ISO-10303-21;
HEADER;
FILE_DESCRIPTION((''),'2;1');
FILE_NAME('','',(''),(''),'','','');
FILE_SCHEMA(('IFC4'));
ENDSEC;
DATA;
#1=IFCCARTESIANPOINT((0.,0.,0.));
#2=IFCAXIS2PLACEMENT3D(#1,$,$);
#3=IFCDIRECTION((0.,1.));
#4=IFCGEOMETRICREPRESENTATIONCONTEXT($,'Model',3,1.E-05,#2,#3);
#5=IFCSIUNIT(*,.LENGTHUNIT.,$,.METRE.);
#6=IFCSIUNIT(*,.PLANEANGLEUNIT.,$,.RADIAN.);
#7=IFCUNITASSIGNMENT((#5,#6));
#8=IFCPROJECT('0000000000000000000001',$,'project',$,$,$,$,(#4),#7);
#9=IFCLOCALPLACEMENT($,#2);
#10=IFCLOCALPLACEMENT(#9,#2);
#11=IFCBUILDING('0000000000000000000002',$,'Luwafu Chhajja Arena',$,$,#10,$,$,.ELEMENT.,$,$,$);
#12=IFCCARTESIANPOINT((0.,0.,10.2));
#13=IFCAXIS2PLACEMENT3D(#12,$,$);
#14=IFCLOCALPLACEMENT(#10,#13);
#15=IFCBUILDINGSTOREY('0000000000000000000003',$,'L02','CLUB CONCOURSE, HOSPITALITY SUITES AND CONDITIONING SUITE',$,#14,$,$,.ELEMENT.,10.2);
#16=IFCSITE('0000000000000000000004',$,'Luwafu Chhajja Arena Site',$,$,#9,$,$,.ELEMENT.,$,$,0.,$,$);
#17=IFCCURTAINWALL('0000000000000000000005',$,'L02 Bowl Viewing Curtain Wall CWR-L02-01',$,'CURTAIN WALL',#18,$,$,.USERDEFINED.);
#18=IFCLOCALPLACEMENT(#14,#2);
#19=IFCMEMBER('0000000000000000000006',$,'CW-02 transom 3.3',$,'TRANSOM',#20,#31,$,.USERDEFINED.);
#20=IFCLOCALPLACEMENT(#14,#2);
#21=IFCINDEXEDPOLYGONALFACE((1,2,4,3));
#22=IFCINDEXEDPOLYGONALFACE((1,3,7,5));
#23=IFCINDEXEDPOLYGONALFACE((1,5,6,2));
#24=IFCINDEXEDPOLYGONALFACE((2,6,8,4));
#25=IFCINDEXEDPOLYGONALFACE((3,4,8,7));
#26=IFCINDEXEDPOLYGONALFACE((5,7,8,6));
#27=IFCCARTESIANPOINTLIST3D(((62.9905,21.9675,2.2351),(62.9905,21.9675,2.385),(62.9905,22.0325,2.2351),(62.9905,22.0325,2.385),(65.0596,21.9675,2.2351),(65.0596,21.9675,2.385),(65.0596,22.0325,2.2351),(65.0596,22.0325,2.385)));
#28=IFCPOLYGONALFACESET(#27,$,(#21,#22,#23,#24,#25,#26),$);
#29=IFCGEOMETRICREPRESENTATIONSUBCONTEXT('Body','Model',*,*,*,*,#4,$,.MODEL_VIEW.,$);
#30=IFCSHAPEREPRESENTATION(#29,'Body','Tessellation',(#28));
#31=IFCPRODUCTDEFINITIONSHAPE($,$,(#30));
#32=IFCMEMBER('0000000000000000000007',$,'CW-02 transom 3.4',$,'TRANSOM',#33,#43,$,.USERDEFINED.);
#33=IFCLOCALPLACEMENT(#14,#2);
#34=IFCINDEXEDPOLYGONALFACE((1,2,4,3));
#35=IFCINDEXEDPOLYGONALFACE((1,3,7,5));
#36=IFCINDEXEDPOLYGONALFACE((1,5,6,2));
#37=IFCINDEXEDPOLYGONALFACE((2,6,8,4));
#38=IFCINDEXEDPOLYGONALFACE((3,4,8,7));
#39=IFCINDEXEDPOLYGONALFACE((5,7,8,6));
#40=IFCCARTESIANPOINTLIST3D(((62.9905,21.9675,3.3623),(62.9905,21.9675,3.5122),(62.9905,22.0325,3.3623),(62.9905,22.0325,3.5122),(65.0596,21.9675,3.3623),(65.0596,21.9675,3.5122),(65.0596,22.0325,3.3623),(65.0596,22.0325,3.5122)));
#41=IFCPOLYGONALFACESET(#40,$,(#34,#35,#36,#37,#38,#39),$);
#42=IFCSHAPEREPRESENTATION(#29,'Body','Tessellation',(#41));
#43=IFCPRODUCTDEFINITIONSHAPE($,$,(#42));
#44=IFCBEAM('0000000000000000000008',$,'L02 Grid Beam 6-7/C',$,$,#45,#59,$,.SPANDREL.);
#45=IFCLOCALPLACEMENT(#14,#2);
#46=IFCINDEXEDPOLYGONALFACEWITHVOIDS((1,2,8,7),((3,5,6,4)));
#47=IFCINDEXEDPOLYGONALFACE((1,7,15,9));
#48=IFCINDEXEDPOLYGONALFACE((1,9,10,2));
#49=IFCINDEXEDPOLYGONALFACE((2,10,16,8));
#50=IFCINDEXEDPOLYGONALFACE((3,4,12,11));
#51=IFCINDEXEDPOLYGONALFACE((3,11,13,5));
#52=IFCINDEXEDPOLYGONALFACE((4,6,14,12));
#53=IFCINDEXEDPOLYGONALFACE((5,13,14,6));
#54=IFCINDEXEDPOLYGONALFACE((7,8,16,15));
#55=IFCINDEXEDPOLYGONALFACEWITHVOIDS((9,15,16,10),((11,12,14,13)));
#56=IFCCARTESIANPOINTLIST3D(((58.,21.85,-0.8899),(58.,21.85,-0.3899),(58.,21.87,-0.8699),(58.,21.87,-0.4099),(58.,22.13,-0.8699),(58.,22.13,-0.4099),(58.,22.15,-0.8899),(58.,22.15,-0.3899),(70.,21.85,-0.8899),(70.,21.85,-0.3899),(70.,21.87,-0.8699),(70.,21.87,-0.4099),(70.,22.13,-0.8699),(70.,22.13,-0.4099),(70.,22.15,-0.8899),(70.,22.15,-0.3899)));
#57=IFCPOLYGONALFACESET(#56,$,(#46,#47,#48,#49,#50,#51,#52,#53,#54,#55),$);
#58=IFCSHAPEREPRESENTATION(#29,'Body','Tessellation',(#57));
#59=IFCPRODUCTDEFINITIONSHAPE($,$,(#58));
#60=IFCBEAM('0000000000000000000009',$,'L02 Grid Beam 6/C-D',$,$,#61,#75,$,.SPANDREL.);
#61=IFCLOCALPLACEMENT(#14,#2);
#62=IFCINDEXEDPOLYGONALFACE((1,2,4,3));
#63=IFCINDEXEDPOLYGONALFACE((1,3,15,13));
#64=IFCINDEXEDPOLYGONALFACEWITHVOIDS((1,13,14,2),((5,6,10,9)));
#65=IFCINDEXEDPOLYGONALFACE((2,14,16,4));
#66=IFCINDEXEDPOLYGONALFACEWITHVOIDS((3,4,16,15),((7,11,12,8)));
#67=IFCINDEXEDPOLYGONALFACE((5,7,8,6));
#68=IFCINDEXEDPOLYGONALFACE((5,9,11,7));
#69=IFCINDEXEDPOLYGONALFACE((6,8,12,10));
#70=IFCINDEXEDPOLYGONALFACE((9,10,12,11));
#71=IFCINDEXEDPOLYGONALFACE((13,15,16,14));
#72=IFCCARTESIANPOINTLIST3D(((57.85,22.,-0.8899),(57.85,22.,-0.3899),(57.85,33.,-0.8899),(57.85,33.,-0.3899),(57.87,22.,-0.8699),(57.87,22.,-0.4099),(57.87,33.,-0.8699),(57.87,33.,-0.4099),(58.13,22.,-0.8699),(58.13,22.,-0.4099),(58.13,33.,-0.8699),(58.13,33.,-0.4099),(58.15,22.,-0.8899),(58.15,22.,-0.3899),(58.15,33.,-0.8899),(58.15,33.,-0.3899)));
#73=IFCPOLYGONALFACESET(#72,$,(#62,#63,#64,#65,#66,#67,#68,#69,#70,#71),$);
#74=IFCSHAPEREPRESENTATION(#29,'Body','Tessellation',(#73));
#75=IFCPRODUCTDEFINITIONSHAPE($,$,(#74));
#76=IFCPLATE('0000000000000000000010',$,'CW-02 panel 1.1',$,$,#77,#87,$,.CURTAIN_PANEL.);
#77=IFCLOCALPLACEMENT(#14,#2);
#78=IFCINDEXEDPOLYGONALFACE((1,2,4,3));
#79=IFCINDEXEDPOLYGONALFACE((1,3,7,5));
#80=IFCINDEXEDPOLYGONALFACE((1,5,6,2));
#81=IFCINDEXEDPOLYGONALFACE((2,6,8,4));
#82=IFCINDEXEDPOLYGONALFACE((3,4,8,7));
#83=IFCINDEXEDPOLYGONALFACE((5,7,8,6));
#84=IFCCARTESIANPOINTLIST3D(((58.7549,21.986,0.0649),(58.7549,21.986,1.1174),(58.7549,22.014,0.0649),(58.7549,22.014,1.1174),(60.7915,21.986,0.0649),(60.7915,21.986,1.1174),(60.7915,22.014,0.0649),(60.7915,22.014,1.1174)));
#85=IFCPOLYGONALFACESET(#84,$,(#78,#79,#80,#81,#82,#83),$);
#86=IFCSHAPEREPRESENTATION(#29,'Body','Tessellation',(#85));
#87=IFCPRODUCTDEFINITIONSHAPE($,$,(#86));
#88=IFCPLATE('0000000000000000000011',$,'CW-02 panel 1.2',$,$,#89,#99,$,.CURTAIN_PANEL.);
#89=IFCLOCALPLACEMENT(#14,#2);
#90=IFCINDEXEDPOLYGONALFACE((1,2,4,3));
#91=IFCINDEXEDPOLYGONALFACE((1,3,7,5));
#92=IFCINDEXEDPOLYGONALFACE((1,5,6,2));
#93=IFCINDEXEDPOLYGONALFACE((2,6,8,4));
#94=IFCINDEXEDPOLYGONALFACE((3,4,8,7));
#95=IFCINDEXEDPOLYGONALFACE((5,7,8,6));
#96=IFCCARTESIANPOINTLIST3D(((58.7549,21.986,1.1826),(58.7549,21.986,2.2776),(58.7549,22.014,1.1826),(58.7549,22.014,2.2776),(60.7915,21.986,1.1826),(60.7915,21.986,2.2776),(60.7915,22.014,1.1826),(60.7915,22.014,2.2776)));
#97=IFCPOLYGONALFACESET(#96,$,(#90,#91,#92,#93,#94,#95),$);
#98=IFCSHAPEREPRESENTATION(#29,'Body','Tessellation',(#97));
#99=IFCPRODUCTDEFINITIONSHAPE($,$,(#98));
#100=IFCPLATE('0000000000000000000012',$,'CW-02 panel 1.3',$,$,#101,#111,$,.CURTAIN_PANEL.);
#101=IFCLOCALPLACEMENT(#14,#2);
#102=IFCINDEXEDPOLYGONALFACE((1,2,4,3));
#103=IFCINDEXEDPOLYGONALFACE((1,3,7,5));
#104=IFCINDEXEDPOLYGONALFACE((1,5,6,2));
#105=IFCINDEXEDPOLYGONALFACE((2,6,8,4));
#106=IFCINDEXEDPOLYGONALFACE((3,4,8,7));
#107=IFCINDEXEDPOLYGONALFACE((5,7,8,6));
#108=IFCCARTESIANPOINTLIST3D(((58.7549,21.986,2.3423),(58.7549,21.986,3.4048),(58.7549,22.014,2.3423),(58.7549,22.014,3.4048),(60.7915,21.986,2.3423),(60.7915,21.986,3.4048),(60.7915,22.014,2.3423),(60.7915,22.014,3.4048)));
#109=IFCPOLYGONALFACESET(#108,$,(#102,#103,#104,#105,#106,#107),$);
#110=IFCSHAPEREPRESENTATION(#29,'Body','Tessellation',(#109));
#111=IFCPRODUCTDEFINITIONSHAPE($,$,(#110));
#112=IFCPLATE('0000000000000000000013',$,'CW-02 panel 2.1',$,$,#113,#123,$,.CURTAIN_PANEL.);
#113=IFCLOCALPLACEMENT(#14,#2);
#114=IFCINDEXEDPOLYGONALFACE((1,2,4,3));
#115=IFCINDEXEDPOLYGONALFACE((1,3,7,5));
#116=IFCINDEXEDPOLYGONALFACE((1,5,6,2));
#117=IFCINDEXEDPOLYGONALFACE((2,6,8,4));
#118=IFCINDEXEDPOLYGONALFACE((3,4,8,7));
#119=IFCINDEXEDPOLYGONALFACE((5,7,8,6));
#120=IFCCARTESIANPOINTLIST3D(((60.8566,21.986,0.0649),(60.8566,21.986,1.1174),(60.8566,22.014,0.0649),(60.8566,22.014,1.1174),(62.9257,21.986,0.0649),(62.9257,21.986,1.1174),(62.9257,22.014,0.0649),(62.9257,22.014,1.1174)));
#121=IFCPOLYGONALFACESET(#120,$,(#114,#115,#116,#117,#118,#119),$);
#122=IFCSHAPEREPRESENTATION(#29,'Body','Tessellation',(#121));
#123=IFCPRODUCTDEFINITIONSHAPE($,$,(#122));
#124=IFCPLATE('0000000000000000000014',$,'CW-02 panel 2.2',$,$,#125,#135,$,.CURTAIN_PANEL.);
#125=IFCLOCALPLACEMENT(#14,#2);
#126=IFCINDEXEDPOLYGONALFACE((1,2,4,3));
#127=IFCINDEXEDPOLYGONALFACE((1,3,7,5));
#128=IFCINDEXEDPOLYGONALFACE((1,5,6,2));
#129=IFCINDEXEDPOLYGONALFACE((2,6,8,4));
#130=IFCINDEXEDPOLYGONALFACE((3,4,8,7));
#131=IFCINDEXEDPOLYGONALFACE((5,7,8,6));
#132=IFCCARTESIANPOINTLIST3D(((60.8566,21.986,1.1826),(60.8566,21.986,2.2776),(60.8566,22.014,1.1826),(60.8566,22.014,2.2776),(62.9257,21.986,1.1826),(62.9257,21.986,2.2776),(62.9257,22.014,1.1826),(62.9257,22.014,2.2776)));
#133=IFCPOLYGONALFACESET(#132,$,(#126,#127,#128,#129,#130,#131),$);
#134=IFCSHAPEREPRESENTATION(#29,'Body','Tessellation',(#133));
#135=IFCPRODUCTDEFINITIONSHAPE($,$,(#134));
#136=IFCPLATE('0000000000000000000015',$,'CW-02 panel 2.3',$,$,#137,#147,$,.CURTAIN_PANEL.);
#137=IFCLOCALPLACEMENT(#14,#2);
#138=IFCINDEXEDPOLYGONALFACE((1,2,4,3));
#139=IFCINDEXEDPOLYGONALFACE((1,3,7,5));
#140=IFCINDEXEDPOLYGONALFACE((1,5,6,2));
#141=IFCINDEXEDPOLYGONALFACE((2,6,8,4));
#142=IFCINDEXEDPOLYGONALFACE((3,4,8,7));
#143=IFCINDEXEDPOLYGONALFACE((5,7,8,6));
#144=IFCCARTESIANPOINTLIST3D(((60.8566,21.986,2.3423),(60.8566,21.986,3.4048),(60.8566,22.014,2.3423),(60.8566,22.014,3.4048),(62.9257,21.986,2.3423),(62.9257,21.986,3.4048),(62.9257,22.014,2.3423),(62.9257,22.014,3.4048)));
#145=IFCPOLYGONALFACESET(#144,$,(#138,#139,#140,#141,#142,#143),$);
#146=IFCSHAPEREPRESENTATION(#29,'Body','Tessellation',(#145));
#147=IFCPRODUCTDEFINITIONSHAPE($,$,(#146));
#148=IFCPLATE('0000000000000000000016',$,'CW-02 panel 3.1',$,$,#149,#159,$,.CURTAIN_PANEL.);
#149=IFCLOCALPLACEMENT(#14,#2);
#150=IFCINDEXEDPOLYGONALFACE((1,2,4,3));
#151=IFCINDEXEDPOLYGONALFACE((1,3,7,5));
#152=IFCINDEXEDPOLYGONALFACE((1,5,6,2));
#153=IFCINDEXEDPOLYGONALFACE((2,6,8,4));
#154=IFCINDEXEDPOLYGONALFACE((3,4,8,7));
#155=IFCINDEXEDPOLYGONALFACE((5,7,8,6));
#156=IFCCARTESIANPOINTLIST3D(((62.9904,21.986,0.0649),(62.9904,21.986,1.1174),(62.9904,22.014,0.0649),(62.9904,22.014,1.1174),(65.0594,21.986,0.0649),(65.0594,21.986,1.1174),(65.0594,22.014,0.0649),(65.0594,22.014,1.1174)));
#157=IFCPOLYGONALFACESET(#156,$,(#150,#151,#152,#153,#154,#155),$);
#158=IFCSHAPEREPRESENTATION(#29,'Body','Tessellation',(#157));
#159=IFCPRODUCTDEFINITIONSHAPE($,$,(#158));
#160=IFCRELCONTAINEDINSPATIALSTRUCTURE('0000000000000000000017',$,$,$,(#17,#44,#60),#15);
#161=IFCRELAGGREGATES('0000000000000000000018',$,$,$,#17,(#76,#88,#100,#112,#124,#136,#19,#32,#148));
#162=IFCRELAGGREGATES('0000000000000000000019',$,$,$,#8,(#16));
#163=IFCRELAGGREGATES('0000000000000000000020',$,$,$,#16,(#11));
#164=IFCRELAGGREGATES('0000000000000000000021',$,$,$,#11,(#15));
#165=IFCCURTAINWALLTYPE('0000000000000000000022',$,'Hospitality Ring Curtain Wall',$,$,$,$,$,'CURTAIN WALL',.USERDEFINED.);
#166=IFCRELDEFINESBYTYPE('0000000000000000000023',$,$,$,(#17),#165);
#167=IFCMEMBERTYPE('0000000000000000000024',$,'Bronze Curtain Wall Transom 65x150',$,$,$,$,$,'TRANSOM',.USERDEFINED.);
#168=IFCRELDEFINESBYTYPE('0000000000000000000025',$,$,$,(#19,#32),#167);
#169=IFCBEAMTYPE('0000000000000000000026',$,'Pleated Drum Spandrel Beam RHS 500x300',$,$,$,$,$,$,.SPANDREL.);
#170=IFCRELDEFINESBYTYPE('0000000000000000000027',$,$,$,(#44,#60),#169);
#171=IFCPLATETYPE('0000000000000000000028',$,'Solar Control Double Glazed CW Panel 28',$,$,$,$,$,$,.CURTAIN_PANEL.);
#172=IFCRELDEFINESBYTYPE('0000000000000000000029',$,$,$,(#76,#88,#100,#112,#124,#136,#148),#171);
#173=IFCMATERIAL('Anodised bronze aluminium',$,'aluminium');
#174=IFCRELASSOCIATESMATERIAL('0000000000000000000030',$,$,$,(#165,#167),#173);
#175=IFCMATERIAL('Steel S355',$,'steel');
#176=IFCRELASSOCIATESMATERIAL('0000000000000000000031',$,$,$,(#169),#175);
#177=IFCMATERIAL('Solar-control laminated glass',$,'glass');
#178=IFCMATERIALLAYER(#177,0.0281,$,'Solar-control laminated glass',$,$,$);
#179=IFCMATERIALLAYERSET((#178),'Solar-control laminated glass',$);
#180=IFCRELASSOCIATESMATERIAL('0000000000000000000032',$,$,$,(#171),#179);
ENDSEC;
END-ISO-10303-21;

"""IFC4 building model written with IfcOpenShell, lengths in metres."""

from ifc_helpers import new_model, si_unit, direction, frame, origin, origin_2d, place, context, subcontext, project, spatial, rectangle, hollow_rectangle, extrude, material, layer, layer_set, material_profile, profile_set, type_object, element, aggregate, save


model = new_model("IFC4")

# Units and contexts
model_context = context("Model", 3, precision=1e-05, world=origin(), true_north=direction((0.0, 1.0)))
body_context = subcontext(model_context, "Body", "Model", "MODEL_VIEW")
ifc_project = project(units=[si_unit("LENGTHUNIT", "METRE"), si_unit("PLANEANGLEUNIT", "RADIAN")], contexts=[model_context])

# Site, building, storey
site_placement = place(None, origin())
site = spatial("IfcSite", under=ifc_project, at=site_placement, Name="Luwafu Chhajja Arena Site", CompositionType="ELEMENT", RefElevation=0.0)
building_placement = place(site_placement, origin())
building = spatial("IfcBuilding", under=site, at=building_placement, Name="Luwafu Chhajja Arena", CompositionType="ELEMENT")
storey_placement = place(building_placement, frame((0.0, 0.0, 10.2)))
storey = spatial("IfcBuildingStorey", under=building, at=storey_placement, Name="L02", Description="CLUB CONCOURSE, HOSPITALITY SUITES AND CONDITIONING SUITE", CompositionType="ELEMENT", Elevation=10.2)

# Curtain wall, members
ifc_material_1 = material(Name="Anodised bronze aluminium", Category="aluminium")
curtain_wall_type = type_object("IfcCurtainWallType", Name="Hospitality Ring Curtain Wall", ElementType="CURTAIN WALL", PredefinedType="USERDEFINED", material=ifc_material_1)
curtain_wall_placement = place(storey_placement, origin())
curtain_wall = element("IfcCurtainWall", 1, at=curtain_wall_placement, inside=storey, type_object=curtain_wall_type, Name="L02 Bowl Viewing Curtain Wall CWR-L02-01", ObjectType="CURTAIN WALL", PredefinedType="USERDEFINED")
ifc_material_profile_1 = material_profile(ifc_material_1, rectangle(XDim=0.0649, YDim=0.1499, at=origin_2d()), Name="CWT 65x150")
ifc_profile_set_1 = profile_set([ifc_material_profile_1], Name="Anodised bronze aluminium")
member_type_1 = type_object("IfcMemberType", Name="Bronze Curtain Wall Transom 65x150", ElementType="TRANSOM", PredefinedType="USERDEFINED", material=ifc_profile_set_1)
member_1_placement = place(storey_placement, frame((62.9905, 22.0, 2.3101), z_axis=(1.0, 0.0, 0.0), x_axis=(0.0, 1.0, 0.0)))
member_1 = element("IfcMember", 2, at=member_1_placement, type_object=member_type_1, Name="CW-02 transom 3.3", ObjectType="TRANSOM", PredefinedType="USERDEFINED", context=body_context, shape_type="SweptSolid", body=[
    extrude(rectangle(XDim=0.0649, YDim=0.1499, at=origin_2d()), origin(), (0.0, 0.0, 1.0), 2.0691),
])
member_2_placement = place(storey_placement, frame((62.9905, 22.0, 3.4373), z_axis=(1.0, 0.0, 0.0), x_axis=(0.0, 1.0, 0.0)))
member_2 = element("IfcMember", 3, at=member_2_placement, type_object=member_type_1, Name="CW-02 transom 3.4", ObjectType="TRANSOM", PredefinedType="USERDEFINED", context=body_context, shape_type="SweptSolid", body=[
    extrude(rectangle(XDim=0.0649, YDim=0.1499, at=origin_2d()), origin(), (0.0, 0.0, 1.0), 2.0691),
])

# Beams
ifc_material_2 = material(Name="Steel S355", Category="steel")
ifc_material_profile_2 = material_profile(ifc_material_2, hollow_rectangle(XDim=0.3, YDim=0.5, WallThickness=0.02, at=origin_2d()), Name="RHS 500x300x20")
ifc_profile_set_2 = profile_set([ifc_material_profile_2], Name="Steel S355")
beam_type = type_object("IfcBeamType", Name="Pleated Drum Spandrel Beam RHS 500x300", PredefinedType="SPANDREL", material=ifc_profile_set_2)
beam_1_placement = place(storey_placement, frame((58.0, 22.0, -0.6399), z_axis=(1.0, 0.0, 0.0), x_axis=(0.0, 1.0, 0.0)))
element("IfcBeam", 4, at=beam_1_placement, inside=storey, type_object=beam_type, Name="L02 Grid Beam 6-7/C", PredefinedType="SPANDREL", context=body_context, shape_type="SweptSolid", body=[
    extrude(hollow_rectangle(XDim=0.3, YDim=0.5, WallThickness=0.02, at=origin_2d()), origin(), (0.0, 0.0, 1.0), 12.0),
])
beam_2_placement = place(storey_placement, frame((58.0, 22.0, -0.6399), z_axis=(0.0, 1.0, 0.0), x_axis=(-1.0, 0.0, 0.0)))
element("IfcBeam", 5, at=beam_2_placement, inside=storey, type_object=beam_type, Name="L02 Grid Beam 6/C-D", PredefinedType="SPANDREL", context=body_context, shape_type="SweptSolid", body=[
    extrude(hollow_rectangle(XDim=0.3, YDim=0.5, WallThickness=0.02, at=origin_2d()), origin(), (0.0, 0.0, 1.0), 11.0),
])

# Plates
ifc_material_3 = material(Name="Solar-control laminated glass", Category="glass")
ifc_layer = layer(ifc_material_3, 0.0281, Name="Solar-control laminated glass")
ifc_layer_set = layer_set([ifc_layer], Name="Solar-control laminated glass")
plate_type = type_object("IfcPlateType", Name="Solar Control Double Glazed CW Panel 28", PredefinedType="CURTAIN_PANEL", material=ifc_layer_set)
plate_1_placement = place(storey_placement, frame((59.7732, 22.0, 0.0649), z_axis=(0.0, 0.0, 1.0), x_axis=(1.0, 0.0, 0.0)))
plate_1 = element("IfcPlate", 6, at=plate_1_placement, type_object=plate_type, Name="CW-02 panel 1.1", PredefinedType="CURTAIN_PANEL", context=body_context, shape_type="SweptSolid", body=[
    extrude(rectangle(XDim=2.0366, YDim=0.0281, at=origin_2d()), origin(), (0.0, 0.0, 1.0), 1.0525),
])
plate_2_placement = place(storey_placement, frame((59.7732, 22.0, 1.1826), z_axis=(0.0, 0.0, 1.0), x_axis=(1.0, 0.0, 0.0)))
plate_2 = element("IfcPlate", 7, at=plate_2_placement, type_object=plate_type, Name="CW-02 panel 1.2", PredefinedType="CURTAIN_PANEL", context=body_context, shape_type="SweptSolid", body=[
    extrude(rectangle(XDim=2.0366, YDim=0.0281, at=origin_2d()), origin(), (0.0, 0.0, 1.0), 1.095),
])
plate_3_placement = place(storey_placement, frame((59.7732, 22.0, 2.3423), z_axis=(0.0, 0.0, 1.0), x_axis=(1.0, 0.0, 0.0)))
plate_3 = element("IfcPlate", 8, at=plate_3_placement, type_object=plate_type, Name="CW-02 panel 1.3", PredefinedType="CURTAIN_PANEL", context=body_context, shape_type="SweptSolid", body=[
    extrude(rectangle(XDim=2.0366, YDim=0.0281, at=origin_2d()), origin(), (0.0, 0.0, 1.0), 1.0625),
])
plate_4_placement = place(storey_placement, frame((61.8911, 22.0, 0.0649), z_axis=(0.0, 0.0, 1.0), x_axis=(1.0, 0.0, 0.0)))
plate_4 = element("IfcPlate", 9, at=plate_4_placement, type_object=plate_type, Name="CW-02 panel 2.1", PredefinedType="CURTAIN_PANEL", context=body_context, shape_type="SweptSolid", body=[
    extrude(rectangle(XDim=2.0691, YDim=0.0281, at=origin_2d()), origin(), (0.0, 0.0, 1.0), 1.0525),
])
plate_5_placement = place(storey_placement, frame((61.8911, 22.0, 1.1826), z_axis=(0.0, 0.0, 1.0), x_axis=(1.0, 0.0, 0.0)))
plate_5 = element("IfcPlate", 10, at=plate_5_placement, type_object=plate_type, Name="CW-02 panel 2.2", PredefinedType="CURTAIN_PANEL", context=body_context, shape_type="SweptSolid", body=[
    extrude(rectangle(XDim=2.0691, YDim=0.0281, at=origin_2d()), origin(), (0.0, 0.0, 1.0), 1.095),
])
plate_6_placement = place(storey_placement, frame((61.8911, 22.0, 2.3423), z_axis=(0.0, 0.0, 1.0), x_axis=(1.0, 0.0, 0.0)))
plate_6 = element("IfcPlate", 11, at=plate_6_placement, type_object=plate_type, Name="CW-02 panel 2.3", PredefinedType="CURTAIN_PANEL", context=body_context, shape_type="SweptSolid", body=[
    extrude(rectangle(XDim=2.0691, YDim=0.0281, at=origin_2d()), origin(), (0.0, 0.0, 1.0), 1.0625),
])
plate_7_placement = place(storey_placement, frame((64.0249, 22.0, 0.0649), z_axis=(0.0, 0.0, 1.0), x_axis=(1.0, 0.0, 0.0)))
plate_7 = element("IfcPlate", 12, at=plate_7_placement, type_object=plate_type, Name="CW-02 panel 3.1", PredefinedType="CURTAIN_PANEL", context=body_context, shape_type="SweptSolid", body=[
    extrude(rectangle(XDim=2.0691, YDim=0.0281, at=origin_2d()), origin(), (0.0, 0.0, 1.0), 1.0525),
])
aggregate(curtain_wall, [plate_1, plate_2, plate_3, plate_4, plate_5, plate_6, member_1, member_2, plate_7])

save(model, "model.ifc")
